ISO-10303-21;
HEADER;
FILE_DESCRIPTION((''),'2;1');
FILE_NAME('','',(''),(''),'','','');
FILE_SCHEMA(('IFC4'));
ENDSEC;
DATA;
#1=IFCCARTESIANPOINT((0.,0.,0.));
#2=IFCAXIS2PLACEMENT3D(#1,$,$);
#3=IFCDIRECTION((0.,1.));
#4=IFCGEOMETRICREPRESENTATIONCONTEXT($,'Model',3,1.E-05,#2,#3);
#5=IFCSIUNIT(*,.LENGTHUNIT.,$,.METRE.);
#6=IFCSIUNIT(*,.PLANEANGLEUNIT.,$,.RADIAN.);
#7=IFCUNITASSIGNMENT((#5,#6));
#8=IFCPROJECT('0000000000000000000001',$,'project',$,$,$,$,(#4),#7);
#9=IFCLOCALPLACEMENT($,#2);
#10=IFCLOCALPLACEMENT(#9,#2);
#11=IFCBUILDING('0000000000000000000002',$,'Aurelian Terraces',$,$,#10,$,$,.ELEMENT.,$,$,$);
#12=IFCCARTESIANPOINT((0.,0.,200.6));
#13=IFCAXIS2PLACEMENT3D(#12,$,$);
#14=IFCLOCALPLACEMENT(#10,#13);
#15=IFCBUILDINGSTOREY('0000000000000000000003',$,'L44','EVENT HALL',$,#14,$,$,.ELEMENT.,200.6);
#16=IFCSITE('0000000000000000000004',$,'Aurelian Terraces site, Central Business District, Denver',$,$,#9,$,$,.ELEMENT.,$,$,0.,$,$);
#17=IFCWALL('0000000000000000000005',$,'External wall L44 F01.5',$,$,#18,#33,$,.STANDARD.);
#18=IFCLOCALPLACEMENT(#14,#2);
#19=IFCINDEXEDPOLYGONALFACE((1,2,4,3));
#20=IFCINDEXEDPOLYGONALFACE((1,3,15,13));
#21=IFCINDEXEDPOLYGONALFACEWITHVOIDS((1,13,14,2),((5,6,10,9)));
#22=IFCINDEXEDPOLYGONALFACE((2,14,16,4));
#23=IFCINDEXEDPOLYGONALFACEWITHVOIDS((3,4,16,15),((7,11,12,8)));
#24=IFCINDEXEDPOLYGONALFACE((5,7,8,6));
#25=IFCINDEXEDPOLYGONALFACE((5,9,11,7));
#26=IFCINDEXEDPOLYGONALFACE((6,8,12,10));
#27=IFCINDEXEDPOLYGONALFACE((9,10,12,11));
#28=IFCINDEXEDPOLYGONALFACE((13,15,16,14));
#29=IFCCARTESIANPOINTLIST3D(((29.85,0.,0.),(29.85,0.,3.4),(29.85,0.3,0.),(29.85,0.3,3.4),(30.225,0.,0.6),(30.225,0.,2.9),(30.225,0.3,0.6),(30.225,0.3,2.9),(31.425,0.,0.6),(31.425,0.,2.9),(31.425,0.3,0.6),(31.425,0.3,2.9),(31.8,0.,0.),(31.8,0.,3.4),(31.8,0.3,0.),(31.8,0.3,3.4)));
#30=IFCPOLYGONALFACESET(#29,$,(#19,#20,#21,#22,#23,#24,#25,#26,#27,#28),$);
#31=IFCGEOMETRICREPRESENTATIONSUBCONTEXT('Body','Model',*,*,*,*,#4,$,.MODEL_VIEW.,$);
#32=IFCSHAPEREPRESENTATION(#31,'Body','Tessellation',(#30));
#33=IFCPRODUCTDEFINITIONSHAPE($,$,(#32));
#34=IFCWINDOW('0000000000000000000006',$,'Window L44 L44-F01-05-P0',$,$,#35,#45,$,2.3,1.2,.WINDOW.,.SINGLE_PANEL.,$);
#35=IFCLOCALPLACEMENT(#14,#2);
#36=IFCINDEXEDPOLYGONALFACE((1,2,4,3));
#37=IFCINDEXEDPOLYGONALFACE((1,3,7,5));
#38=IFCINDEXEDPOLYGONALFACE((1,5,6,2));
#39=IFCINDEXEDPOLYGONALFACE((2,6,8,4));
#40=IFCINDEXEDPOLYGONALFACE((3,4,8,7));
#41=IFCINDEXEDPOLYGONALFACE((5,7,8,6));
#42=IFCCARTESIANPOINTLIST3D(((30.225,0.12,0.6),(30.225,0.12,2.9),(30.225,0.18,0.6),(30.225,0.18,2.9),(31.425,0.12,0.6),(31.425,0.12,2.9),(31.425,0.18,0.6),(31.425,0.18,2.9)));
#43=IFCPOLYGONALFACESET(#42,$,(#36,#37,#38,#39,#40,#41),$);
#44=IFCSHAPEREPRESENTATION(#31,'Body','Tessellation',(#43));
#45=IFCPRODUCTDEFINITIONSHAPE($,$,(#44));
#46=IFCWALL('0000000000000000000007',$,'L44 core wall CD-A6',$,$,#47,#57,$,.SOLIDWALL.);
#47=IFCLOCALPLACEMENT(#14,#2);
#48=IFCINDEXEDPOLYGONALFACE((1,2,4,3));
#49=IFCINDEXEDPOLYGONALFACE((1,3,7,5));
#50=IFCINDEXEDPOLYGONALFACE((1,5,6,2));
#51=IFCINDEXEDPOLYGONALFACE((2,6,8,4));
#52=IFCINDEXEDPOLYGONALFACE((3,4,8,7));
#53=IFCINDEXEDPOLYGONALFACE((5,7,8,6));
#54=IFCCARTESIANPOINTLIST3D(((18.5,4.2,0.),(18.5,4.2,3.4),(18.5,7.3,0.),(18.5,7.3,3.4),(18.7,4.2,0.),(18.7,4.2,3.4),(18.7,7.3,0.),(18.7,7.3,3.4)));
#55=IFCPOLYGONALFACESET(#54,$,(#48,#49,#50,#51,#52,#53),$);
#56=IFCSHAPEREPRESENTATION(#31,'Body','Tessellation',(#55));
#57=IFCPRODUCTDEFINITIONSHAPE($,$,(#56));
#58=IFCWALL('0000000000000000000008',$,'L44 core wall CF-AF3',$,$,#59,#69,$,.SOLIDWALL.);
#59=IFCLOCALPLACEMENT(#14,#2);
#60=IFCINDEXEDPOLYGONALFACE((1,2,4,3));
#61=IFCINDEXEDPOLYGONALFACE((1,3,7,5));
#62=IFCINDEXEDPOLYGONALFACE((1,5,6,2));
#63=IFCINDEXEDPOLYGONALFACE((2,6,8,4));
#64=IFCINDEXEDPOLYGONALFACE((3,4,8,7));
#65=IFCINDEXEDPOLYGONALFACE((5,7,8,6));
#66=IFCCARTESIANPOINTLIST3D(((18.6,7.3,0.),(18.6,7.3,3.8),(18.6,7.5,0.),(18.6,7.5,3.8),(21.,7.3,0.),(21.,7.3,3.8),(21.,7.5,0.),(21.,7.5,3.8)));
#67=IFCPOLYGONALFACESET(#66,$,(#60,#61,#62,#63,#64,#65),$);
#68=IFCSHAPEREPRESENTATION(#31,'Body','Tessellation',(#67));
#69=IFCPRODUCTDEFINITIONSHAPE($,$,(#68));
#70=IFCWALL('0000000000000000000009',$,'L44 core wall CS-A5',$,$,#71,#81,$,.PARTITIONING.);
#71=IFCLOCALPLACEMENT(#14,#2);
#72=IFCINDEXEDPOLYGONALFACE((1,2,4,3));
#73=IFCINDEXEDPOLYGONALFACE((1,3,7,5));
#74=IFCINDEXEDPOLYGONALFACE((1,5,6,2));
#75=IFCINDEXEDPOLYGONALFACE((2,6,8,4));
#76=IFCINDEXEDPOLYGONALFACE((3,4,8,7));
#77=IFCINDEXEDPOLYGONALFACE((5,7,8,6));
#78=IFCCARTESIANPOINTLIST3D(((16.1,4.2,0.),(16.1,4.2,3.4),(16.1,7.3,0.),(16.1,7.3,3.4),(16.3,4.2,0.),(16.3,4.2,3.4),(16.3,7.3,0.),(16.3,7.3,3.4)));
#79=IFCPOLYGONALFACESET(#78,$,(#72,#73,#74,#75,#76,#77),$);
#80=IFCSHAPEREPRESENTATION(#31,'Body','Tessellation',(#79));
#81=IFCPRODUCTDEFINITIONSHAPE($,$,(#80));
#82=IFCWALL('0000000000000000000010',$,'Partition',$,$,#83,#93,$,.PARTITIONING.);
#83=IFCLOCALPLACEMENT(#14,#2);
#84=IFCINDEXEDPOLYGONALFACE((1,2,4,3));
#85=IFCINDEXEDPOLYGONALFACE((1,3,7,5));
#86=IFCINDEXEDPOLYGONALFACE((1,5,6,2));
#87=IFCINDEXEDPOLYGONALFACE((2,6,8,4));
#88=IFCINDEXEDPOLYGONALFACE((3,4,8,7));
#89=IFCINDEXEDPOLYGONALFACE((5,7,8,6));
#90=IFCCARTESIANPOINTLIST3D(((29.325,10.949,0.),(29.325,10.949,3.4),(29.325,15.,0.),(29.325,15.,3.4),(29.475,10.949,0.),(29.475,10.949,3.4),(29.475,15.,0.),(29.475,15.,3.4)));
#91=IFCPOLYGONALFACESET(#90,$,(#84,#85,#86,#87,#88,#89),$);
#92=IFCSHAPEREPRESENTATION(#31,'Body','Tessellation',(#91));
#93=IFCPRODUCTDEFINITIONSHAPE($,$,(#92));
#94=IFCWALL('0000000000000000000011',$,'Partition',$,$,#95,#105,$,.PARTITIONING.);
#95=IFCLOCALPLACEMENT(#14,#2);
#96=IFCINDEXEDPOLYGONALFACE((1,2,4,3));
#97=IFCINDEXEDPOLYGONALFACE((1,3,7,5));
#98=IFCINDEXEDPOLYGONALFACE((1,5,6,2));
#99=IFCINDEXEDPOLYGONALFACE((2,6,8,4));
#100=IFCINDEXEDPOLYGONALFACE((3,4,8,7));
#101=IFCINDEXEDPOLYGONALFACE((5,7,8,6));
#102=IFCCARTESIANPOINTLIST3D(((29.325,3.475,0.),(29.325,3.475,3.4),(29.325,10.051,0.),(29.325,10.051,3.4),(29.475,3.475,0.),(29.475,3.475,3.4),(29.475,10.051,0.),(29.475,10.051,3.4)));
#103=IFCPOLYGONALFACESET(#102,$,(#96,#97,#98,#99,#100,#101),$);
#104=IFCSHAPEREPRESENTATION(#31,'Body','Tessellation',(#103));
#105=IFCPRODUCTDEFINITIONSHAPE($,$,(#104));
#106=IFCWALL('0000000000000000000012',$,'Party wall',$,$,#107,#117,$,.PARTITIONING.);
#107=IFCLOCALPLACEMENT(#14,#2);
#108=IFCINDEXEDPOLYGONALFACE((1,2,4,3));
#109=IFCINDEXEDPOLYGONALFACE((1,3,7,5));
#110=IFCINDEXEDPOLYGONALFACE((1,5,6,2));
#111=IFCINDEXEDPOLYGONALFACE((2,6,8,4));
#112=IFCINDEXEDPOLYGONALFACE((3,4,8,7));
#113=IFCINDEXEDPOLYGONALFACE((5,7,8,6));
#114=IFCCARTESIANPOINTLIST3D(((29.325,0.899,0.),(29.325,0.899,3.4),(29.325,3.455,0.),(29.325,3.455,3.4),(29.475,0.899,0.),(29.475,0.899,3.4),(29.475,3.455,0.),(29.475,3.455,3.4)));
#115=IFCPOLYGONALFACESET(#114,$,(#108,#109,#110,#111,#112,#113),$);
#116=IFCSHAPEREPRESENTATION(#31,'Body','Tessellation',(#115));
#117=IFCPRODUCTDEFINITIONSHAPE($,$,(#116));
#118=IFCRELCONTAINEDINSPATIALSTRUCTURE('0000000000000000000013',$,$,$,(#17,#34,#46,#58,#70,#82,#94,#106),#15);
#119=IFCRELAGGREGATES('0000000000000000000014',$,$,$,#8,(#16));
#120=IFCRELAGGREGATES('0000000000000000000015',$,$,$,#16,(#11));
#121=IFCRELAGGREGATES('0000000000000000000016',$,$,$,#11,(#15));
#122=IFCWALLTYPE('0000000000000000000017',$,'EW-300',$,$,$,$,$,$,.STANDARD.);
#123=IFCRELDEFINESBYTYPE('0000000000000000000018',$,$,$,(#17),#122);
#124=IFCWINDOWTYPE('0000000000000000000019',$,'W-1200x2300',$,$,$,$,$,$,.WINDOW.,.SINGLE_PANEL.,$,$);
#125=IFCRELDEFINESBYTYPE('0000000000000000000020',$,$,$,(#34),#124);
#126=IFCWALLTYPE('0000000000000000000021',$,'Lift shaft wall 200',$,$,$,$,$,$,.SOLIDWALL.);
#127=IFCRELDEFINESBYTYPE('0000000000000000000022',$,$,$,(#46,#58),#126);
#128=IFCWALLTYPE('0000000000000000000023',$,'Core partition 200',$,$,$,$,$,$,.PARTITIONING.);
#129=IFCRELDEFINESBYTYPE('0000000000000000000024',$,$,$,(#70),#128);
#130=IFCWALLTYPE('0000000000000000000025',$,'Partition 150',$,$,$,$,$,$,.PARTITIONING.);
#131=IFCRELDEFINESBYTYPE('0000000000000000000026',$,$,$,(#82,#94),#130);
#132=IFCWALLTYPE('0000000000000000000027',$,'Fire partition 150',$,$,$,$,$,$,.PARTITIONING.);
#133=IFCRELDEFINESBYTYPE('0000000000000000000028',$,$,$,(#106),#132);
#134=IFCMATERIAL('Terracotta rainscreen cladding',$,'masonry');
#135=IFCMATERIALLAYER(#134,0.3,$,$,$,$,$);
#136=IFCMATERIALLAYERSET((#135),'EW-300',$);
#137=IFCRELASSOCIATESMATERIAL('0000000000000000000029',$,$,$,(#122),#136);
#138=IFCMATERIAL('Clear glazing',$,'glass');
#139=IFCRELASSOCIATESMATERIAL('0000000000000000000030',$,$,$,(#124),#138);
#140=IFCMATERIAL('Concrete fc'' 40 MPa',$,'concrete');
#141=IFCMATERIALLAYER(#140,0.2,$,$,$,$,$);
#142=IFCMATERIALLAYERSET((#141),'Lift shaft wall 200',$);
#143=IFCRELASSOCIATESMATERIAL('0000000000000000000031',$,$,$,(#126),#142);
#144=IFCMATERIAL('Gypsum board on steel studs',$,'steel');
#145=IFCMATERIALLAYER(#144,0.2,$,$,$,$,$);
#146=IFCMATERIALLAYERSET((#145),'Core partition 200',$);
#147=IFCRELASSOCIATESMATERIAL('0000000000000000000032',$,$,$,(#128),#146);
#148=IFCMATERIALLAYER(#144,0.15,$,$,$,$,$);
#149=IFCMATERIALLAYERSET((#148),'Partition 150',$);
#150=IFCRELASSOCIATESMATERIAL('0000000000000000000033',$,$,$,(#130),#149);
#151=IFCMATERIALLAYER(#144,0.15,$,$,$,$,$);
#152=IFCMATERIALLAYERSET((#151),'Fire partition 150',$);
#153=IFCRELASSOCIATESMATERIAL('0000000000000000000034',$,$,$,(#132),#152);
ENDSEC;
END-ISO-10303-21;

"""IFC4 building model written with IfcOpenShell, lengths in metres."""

from ifc_helpers import new_model, si_unit, direction, frame, frame_2d, origin, place, context, subcontext, project, spatial, rectangle, extrude, source, transform, mapped, material, layer, layer_set, type_object, element, fill, save


model = new_model("IFC4")

# Units and contexts
model_context = context("Model", 3, precision=1e-05, world=origin(), true_north=direction((0.0, 1.0)))
body_context = subcontext(model_context, "Body", "Model", "MODEL_VIEW")
ifc_project = project(units=[si_unit("LENGTHUNIT", "METRE"), si_unit("PLANEANGLEUNIT", "RADIAN")], contexts=[model_context])

# Site, building, storey
site_placement = place(None, origin())
site = spatial("IfcSite", under=ifc_project, at=site_placement, Name="Aurelian Terraces site, Central Business District, Denver", CompositionType="ELEMENT", RefElevation=0.0)
building_placement = place(site_placement, origin())
building = spatial("IfcBuilding", under=site, at=building_placement, Name="Aurelian Terraces", CompositionType="ELEMENT")
storey_placement = place(building_placement, frame((0.0, 0.0, 200.6)))
storey = spatial("IfcBuildingStorey", under=building, at=storey_placement, Name="L44", Description="EVENT HALL", CompositionType="ELEMENT", Elevation=200.6)

# Shared definitions
ifc_material_1 = material(Name="Concrete fc' 40 MPa", Category="concrete")

# Shared definitions
ifc_material_2 = material(Name="Terracotta rainscreen cladding", Category="masonry")
ifc_layer_1 = layer(ifc_material_2, 0.3)
ifc_layer_set_1 = layer_set([ifc_layer_1], Name="EW-300")
wall_type_1 = type_object("IfcWallType", Name="EW-300", PredefinedType="STANDARD", material=ifc_layer_set_1)
ifc_material_3 = material(Name="Clear glazing", Category="glass")

# Wall, opening, window
shared_shape_1 = source(origin(), body_context, "Body", "SweptSolid", [
    extrude(rectangle(XDim=1.95, YDim=0.3, at=frame_2d((0.975, 0.0))), origin(), (0.0, 0.0, 1.0), 3.4),
])
wall_1_placement = place(storey_placement, frame((29.85, 0.15, 0.0), z_axis=(0.0, 0.0, 1.0), x_axis=(1.0, 0.0, 0.0)))
wall_1 = element("IfcWall", 1, at=wall_1_placement, inside=storey, type_object=wall_type_1, Name="External wall L44 F01.5", PredefinedType="STANDARD", context=body_context, shape_type="MappedRepresentation", body=[
    mapped(shared_shape_1, transform((0.0, 0.0, 0.0), scale=1.0)),
])
shared_shape_2 = source(origin(), body_context, "Body", "SweptSolid", [
    extrude(rectangle(XDim=1.2, YDim=2.3, at=frame_2d((0.6, 1.15))), frame((0.0, 0.16, 0.0), z_axis=(0.0, -1.0, 0.0), x_axis=(1.0, 0.0, 0.0)), (0.0, 0.0, 1.0), 0.32),
])
opening_1_placement = place(wall_1_placement, frame((0.375, 0.0, 0.6)))
opening_1 = element("IfcOpeningElement", 2, at=opening_1_placement, cuts=wall_1, PredefinedType="OPENING", context=body_context, shape_type="MappedRepresentation", body=[
    mapped(shared_shape_2, transform((0.0, 0.0, 0.0), scale=1.0)),
])
window_type_1 = type_object("IfcWindowType", Name="W-1200x2300", PartitioningType="SINGLE_PANEL", PredefinedType="WINDOW", material=ifc_material_3)
shared_shape_3 = source(origin(), body_context, "Body", "SweptSolid", [
    extrude(rectangle(XDim=1.2, YDim=2.3, at=frame_2d((0.6, 1.15))), frame((0.0, 0.03, 0.0), z_axis=(0.0, -1.0, 0.0), x_axis=(1.0, 0.0, 0.0)), (0.0, 0.0, 1.0), 0.06),
])
window_1_placement = place(opening_1_placement, origin())
window_1 = element("IfcWindow", 3, at=window_1_placement, inside=storey, type_object=window_type_1, Name="Window L44 L44-F01-05-P0", OverallHeight=2.3, OverallWidth=1.2, PartitioningType="SINGLE_PANEL", PredefinedType="WINDOW", context=body_context, shape_type="MappedRepresentation", body=[
    mapped(shared_shape_3, transform((0.0, 0.0, 0.0), scale=1.0)),
])
fill(opening_1, window_1)

# Walls
ifc_layer_2 = layer(ifc_material_1, 0.2)
ifc_layer_set_2 = layer_set([ifc_layer_2], Name="Lift shaft wall 200")
wall_type_2 = type_object("IfcWallType", Name="Lift shaft wall 200", PredefinedType="SOLIDWALL", material=ifc_layer_set_2)
shared_shape_4 = source(origin(), body_context, "Body", "SweptSolid", [
    extrude(rectangle(XDim=3.1, YDim=0.2, at=frame_2d((1.55, 0.0))), origin(), (0.0, 0.0, 1.0), 3.4),
])
wall_2_placement = place(storey_placement, frame((18.6, 4.2, 0.0), z_axis=(0.0, 0.0, 1.0), x_axis=(0.0, 1.0, 0.0)))
element("IfcWall", 4, at=wall_2_placement, inside=storey, type_object=wall_type_2, Name="L44 core wall CD-A6", PredefinedType="SOLIDWALL", context=body_context, shape_type="MappedRepresentation", body=[
    mapped(shared_shape_4, transform((0.0, 0.0, 0.0), scale=1.0)),
])
shared_shape_5 = source(origin(), body_context, "Body", "SweptSolid", [
    extrude(rectangle(XDim=2.4, YDim=0.2, at=frame_2d((1.2, 0.0))), origin(), (0.0, 0.0, 1.0), 3.8),
])
wall_3_placement = place(storey_placement, frame((18.6, 7.4, 0.0), z_axis=(0.0, 0.0, 1.0), x_axis=(1.0, 0.0, 0.0)))
element("IfcWall", 5, at=wall_3_placement, inside=storey, type_object=wall_type_2, Name="L44 core wall CF-AF3", PredefinedType="SOLIDWALL", context=body_context, shape_type="MappedRepresentation", body=[
    mapped(shared_shape_5, transform((0.0, 0.0, 0.0), scale=1.0)),
])
ifc_material_4 = material(Name="Gypsum board on steel studs", Category="steel")
ifc_layer_3 = layer(ifc_material_4, 0.2)
ifc_layer_set_3 = layer_set([ifc_layer_3], Name="Core partition 200")
wall_type_3 = type_object("IfcWallType", Name="Core partition 200", PredefinedType="PARTITIONING", material=ifc_layer_set_3)
shared_shape_6 = source(origin(), body_context, "Body", "SweptSolid", [
    extrude(rectangle(XDim=3.1, YDim=0.2, at=frame_2d((1.55, 0.0))), origin(), (0.0, 0.0, 1.0), 3.4),
])
wall_4_placement = place(storey_placement, frame((16.2, 4.2, 0.0), z_axis=(0.0, 0.0, 1.0), x_axis=(0.0, 1.0, 0.0)))
element("IfcWall", 6, at=wall_4_placement, inside=storey, type_object=wall_type_3, Name="L44 core wall CS-A5", PredefinedType="PARTITIONING", context=body_context, shape_type="MappedRepresentation", body=[
    mapped(shared_shape_6, transform((0.0, 0.0, 0.0), scale=1.0)),
])
ifc_layer_4 = layer(ifc_material_4, 0.15)
ifc_layer_set_4 = layer_set([ifc_layer_4], Name="Partition 150")
wall_type_4 = type_object("IfcWallType", Name="Partition 150", PredefinedType="PARTITIONING", material=ifc_layer_set_4)
shared_shape_7 = source(origin(), body_context, "Body", "SweptSolid", [
    extrude(rectangle(XDim=4.051, YDim=0.15, at=frame_2d((2.0255, 0.0))), origin(), (0.0, 0.0, 1.0), 3.4),
])
wall_5_placement = place(storey_placement, frame((29.4, 10.949, 0.0), z_axis=(0.0, 0.0, 1.0), x_axis=(0.0, 1.0, 0.0)))
element("IfcWall", 7, at=wall_5_placement, inside=storey, type_object=wall_type_4, Name="Partition", PredefinedType="PARTITIONING", context=body_context, shape_type="MappedRepresentation", body=[
    mapped(shared_shape_7, transform((0.0, 0.0, 0.0), scale=1.0)),
])
shared_shape_8 = source(origin(), body_context, "Body", "SweptSolid", [
    extrude(rectangle(XDim=6.576, YDim=0.15, at=frame_2d((3.288, 0.0))), origin(), (0.0, 0.0, 1.0), 3.4),
])
wall_6_placement = place(storey_placement, frame((29.4, 3.475, 0.0), z_axis=(0.0, 0.0, 1.0), x_axis=(0.0, 1.0, 0.0)))
element("IfcWall", 8, at=wall_6_placement, inside=storey, type_object=wall_type_4, Name="Partition", PredefinedType="PARTITIONING", context=body_context, shape_type="MappedRepresentation", body=[
    mapped(shared_shape_8, transform((0.0, 0.0, 0.0), scale=1.0)),
])
ifc_layer_5 = layer(ifc_material_4, 0.15)
ifc_layer_set_5 = layer_set([ifc_layer_5], Name="Fire partition 150")
wall_type_5 = type_object("IfcWallType", Name="Fire partition 150", PredefinedType="PARTITIONING", material=ifc_layer_set_5)
shared_shape_9 = source(origin(), body_context, "Body", "SweptSolid", [
    extrude(rectangle(XDim=2.556, YDim=0.15, at=frame_2d((1.278, 0.0))), origin(), (0.0, 0.0, 1.0), 3.4),
])
wall_7_placement = place(storey_placement, frame((29.4, 0.899, 0.0), z_axis=(0.0, 0.0, 1.0), x_axis=(0.0, 1.0, 0.0)))
element("IfcWall", 9, at=wall_7_placement, inside=storey, type_object=wall_type_5, Name="Party wall", PredefinedType="PARTITIONING", context=body_context, shape_type="MappedRepresentation", body=[
    mapped(shared_shape_9, transform((0.0, 0.0, 0.0), scale=1.0)),
])

save(model, "model.ifc")
